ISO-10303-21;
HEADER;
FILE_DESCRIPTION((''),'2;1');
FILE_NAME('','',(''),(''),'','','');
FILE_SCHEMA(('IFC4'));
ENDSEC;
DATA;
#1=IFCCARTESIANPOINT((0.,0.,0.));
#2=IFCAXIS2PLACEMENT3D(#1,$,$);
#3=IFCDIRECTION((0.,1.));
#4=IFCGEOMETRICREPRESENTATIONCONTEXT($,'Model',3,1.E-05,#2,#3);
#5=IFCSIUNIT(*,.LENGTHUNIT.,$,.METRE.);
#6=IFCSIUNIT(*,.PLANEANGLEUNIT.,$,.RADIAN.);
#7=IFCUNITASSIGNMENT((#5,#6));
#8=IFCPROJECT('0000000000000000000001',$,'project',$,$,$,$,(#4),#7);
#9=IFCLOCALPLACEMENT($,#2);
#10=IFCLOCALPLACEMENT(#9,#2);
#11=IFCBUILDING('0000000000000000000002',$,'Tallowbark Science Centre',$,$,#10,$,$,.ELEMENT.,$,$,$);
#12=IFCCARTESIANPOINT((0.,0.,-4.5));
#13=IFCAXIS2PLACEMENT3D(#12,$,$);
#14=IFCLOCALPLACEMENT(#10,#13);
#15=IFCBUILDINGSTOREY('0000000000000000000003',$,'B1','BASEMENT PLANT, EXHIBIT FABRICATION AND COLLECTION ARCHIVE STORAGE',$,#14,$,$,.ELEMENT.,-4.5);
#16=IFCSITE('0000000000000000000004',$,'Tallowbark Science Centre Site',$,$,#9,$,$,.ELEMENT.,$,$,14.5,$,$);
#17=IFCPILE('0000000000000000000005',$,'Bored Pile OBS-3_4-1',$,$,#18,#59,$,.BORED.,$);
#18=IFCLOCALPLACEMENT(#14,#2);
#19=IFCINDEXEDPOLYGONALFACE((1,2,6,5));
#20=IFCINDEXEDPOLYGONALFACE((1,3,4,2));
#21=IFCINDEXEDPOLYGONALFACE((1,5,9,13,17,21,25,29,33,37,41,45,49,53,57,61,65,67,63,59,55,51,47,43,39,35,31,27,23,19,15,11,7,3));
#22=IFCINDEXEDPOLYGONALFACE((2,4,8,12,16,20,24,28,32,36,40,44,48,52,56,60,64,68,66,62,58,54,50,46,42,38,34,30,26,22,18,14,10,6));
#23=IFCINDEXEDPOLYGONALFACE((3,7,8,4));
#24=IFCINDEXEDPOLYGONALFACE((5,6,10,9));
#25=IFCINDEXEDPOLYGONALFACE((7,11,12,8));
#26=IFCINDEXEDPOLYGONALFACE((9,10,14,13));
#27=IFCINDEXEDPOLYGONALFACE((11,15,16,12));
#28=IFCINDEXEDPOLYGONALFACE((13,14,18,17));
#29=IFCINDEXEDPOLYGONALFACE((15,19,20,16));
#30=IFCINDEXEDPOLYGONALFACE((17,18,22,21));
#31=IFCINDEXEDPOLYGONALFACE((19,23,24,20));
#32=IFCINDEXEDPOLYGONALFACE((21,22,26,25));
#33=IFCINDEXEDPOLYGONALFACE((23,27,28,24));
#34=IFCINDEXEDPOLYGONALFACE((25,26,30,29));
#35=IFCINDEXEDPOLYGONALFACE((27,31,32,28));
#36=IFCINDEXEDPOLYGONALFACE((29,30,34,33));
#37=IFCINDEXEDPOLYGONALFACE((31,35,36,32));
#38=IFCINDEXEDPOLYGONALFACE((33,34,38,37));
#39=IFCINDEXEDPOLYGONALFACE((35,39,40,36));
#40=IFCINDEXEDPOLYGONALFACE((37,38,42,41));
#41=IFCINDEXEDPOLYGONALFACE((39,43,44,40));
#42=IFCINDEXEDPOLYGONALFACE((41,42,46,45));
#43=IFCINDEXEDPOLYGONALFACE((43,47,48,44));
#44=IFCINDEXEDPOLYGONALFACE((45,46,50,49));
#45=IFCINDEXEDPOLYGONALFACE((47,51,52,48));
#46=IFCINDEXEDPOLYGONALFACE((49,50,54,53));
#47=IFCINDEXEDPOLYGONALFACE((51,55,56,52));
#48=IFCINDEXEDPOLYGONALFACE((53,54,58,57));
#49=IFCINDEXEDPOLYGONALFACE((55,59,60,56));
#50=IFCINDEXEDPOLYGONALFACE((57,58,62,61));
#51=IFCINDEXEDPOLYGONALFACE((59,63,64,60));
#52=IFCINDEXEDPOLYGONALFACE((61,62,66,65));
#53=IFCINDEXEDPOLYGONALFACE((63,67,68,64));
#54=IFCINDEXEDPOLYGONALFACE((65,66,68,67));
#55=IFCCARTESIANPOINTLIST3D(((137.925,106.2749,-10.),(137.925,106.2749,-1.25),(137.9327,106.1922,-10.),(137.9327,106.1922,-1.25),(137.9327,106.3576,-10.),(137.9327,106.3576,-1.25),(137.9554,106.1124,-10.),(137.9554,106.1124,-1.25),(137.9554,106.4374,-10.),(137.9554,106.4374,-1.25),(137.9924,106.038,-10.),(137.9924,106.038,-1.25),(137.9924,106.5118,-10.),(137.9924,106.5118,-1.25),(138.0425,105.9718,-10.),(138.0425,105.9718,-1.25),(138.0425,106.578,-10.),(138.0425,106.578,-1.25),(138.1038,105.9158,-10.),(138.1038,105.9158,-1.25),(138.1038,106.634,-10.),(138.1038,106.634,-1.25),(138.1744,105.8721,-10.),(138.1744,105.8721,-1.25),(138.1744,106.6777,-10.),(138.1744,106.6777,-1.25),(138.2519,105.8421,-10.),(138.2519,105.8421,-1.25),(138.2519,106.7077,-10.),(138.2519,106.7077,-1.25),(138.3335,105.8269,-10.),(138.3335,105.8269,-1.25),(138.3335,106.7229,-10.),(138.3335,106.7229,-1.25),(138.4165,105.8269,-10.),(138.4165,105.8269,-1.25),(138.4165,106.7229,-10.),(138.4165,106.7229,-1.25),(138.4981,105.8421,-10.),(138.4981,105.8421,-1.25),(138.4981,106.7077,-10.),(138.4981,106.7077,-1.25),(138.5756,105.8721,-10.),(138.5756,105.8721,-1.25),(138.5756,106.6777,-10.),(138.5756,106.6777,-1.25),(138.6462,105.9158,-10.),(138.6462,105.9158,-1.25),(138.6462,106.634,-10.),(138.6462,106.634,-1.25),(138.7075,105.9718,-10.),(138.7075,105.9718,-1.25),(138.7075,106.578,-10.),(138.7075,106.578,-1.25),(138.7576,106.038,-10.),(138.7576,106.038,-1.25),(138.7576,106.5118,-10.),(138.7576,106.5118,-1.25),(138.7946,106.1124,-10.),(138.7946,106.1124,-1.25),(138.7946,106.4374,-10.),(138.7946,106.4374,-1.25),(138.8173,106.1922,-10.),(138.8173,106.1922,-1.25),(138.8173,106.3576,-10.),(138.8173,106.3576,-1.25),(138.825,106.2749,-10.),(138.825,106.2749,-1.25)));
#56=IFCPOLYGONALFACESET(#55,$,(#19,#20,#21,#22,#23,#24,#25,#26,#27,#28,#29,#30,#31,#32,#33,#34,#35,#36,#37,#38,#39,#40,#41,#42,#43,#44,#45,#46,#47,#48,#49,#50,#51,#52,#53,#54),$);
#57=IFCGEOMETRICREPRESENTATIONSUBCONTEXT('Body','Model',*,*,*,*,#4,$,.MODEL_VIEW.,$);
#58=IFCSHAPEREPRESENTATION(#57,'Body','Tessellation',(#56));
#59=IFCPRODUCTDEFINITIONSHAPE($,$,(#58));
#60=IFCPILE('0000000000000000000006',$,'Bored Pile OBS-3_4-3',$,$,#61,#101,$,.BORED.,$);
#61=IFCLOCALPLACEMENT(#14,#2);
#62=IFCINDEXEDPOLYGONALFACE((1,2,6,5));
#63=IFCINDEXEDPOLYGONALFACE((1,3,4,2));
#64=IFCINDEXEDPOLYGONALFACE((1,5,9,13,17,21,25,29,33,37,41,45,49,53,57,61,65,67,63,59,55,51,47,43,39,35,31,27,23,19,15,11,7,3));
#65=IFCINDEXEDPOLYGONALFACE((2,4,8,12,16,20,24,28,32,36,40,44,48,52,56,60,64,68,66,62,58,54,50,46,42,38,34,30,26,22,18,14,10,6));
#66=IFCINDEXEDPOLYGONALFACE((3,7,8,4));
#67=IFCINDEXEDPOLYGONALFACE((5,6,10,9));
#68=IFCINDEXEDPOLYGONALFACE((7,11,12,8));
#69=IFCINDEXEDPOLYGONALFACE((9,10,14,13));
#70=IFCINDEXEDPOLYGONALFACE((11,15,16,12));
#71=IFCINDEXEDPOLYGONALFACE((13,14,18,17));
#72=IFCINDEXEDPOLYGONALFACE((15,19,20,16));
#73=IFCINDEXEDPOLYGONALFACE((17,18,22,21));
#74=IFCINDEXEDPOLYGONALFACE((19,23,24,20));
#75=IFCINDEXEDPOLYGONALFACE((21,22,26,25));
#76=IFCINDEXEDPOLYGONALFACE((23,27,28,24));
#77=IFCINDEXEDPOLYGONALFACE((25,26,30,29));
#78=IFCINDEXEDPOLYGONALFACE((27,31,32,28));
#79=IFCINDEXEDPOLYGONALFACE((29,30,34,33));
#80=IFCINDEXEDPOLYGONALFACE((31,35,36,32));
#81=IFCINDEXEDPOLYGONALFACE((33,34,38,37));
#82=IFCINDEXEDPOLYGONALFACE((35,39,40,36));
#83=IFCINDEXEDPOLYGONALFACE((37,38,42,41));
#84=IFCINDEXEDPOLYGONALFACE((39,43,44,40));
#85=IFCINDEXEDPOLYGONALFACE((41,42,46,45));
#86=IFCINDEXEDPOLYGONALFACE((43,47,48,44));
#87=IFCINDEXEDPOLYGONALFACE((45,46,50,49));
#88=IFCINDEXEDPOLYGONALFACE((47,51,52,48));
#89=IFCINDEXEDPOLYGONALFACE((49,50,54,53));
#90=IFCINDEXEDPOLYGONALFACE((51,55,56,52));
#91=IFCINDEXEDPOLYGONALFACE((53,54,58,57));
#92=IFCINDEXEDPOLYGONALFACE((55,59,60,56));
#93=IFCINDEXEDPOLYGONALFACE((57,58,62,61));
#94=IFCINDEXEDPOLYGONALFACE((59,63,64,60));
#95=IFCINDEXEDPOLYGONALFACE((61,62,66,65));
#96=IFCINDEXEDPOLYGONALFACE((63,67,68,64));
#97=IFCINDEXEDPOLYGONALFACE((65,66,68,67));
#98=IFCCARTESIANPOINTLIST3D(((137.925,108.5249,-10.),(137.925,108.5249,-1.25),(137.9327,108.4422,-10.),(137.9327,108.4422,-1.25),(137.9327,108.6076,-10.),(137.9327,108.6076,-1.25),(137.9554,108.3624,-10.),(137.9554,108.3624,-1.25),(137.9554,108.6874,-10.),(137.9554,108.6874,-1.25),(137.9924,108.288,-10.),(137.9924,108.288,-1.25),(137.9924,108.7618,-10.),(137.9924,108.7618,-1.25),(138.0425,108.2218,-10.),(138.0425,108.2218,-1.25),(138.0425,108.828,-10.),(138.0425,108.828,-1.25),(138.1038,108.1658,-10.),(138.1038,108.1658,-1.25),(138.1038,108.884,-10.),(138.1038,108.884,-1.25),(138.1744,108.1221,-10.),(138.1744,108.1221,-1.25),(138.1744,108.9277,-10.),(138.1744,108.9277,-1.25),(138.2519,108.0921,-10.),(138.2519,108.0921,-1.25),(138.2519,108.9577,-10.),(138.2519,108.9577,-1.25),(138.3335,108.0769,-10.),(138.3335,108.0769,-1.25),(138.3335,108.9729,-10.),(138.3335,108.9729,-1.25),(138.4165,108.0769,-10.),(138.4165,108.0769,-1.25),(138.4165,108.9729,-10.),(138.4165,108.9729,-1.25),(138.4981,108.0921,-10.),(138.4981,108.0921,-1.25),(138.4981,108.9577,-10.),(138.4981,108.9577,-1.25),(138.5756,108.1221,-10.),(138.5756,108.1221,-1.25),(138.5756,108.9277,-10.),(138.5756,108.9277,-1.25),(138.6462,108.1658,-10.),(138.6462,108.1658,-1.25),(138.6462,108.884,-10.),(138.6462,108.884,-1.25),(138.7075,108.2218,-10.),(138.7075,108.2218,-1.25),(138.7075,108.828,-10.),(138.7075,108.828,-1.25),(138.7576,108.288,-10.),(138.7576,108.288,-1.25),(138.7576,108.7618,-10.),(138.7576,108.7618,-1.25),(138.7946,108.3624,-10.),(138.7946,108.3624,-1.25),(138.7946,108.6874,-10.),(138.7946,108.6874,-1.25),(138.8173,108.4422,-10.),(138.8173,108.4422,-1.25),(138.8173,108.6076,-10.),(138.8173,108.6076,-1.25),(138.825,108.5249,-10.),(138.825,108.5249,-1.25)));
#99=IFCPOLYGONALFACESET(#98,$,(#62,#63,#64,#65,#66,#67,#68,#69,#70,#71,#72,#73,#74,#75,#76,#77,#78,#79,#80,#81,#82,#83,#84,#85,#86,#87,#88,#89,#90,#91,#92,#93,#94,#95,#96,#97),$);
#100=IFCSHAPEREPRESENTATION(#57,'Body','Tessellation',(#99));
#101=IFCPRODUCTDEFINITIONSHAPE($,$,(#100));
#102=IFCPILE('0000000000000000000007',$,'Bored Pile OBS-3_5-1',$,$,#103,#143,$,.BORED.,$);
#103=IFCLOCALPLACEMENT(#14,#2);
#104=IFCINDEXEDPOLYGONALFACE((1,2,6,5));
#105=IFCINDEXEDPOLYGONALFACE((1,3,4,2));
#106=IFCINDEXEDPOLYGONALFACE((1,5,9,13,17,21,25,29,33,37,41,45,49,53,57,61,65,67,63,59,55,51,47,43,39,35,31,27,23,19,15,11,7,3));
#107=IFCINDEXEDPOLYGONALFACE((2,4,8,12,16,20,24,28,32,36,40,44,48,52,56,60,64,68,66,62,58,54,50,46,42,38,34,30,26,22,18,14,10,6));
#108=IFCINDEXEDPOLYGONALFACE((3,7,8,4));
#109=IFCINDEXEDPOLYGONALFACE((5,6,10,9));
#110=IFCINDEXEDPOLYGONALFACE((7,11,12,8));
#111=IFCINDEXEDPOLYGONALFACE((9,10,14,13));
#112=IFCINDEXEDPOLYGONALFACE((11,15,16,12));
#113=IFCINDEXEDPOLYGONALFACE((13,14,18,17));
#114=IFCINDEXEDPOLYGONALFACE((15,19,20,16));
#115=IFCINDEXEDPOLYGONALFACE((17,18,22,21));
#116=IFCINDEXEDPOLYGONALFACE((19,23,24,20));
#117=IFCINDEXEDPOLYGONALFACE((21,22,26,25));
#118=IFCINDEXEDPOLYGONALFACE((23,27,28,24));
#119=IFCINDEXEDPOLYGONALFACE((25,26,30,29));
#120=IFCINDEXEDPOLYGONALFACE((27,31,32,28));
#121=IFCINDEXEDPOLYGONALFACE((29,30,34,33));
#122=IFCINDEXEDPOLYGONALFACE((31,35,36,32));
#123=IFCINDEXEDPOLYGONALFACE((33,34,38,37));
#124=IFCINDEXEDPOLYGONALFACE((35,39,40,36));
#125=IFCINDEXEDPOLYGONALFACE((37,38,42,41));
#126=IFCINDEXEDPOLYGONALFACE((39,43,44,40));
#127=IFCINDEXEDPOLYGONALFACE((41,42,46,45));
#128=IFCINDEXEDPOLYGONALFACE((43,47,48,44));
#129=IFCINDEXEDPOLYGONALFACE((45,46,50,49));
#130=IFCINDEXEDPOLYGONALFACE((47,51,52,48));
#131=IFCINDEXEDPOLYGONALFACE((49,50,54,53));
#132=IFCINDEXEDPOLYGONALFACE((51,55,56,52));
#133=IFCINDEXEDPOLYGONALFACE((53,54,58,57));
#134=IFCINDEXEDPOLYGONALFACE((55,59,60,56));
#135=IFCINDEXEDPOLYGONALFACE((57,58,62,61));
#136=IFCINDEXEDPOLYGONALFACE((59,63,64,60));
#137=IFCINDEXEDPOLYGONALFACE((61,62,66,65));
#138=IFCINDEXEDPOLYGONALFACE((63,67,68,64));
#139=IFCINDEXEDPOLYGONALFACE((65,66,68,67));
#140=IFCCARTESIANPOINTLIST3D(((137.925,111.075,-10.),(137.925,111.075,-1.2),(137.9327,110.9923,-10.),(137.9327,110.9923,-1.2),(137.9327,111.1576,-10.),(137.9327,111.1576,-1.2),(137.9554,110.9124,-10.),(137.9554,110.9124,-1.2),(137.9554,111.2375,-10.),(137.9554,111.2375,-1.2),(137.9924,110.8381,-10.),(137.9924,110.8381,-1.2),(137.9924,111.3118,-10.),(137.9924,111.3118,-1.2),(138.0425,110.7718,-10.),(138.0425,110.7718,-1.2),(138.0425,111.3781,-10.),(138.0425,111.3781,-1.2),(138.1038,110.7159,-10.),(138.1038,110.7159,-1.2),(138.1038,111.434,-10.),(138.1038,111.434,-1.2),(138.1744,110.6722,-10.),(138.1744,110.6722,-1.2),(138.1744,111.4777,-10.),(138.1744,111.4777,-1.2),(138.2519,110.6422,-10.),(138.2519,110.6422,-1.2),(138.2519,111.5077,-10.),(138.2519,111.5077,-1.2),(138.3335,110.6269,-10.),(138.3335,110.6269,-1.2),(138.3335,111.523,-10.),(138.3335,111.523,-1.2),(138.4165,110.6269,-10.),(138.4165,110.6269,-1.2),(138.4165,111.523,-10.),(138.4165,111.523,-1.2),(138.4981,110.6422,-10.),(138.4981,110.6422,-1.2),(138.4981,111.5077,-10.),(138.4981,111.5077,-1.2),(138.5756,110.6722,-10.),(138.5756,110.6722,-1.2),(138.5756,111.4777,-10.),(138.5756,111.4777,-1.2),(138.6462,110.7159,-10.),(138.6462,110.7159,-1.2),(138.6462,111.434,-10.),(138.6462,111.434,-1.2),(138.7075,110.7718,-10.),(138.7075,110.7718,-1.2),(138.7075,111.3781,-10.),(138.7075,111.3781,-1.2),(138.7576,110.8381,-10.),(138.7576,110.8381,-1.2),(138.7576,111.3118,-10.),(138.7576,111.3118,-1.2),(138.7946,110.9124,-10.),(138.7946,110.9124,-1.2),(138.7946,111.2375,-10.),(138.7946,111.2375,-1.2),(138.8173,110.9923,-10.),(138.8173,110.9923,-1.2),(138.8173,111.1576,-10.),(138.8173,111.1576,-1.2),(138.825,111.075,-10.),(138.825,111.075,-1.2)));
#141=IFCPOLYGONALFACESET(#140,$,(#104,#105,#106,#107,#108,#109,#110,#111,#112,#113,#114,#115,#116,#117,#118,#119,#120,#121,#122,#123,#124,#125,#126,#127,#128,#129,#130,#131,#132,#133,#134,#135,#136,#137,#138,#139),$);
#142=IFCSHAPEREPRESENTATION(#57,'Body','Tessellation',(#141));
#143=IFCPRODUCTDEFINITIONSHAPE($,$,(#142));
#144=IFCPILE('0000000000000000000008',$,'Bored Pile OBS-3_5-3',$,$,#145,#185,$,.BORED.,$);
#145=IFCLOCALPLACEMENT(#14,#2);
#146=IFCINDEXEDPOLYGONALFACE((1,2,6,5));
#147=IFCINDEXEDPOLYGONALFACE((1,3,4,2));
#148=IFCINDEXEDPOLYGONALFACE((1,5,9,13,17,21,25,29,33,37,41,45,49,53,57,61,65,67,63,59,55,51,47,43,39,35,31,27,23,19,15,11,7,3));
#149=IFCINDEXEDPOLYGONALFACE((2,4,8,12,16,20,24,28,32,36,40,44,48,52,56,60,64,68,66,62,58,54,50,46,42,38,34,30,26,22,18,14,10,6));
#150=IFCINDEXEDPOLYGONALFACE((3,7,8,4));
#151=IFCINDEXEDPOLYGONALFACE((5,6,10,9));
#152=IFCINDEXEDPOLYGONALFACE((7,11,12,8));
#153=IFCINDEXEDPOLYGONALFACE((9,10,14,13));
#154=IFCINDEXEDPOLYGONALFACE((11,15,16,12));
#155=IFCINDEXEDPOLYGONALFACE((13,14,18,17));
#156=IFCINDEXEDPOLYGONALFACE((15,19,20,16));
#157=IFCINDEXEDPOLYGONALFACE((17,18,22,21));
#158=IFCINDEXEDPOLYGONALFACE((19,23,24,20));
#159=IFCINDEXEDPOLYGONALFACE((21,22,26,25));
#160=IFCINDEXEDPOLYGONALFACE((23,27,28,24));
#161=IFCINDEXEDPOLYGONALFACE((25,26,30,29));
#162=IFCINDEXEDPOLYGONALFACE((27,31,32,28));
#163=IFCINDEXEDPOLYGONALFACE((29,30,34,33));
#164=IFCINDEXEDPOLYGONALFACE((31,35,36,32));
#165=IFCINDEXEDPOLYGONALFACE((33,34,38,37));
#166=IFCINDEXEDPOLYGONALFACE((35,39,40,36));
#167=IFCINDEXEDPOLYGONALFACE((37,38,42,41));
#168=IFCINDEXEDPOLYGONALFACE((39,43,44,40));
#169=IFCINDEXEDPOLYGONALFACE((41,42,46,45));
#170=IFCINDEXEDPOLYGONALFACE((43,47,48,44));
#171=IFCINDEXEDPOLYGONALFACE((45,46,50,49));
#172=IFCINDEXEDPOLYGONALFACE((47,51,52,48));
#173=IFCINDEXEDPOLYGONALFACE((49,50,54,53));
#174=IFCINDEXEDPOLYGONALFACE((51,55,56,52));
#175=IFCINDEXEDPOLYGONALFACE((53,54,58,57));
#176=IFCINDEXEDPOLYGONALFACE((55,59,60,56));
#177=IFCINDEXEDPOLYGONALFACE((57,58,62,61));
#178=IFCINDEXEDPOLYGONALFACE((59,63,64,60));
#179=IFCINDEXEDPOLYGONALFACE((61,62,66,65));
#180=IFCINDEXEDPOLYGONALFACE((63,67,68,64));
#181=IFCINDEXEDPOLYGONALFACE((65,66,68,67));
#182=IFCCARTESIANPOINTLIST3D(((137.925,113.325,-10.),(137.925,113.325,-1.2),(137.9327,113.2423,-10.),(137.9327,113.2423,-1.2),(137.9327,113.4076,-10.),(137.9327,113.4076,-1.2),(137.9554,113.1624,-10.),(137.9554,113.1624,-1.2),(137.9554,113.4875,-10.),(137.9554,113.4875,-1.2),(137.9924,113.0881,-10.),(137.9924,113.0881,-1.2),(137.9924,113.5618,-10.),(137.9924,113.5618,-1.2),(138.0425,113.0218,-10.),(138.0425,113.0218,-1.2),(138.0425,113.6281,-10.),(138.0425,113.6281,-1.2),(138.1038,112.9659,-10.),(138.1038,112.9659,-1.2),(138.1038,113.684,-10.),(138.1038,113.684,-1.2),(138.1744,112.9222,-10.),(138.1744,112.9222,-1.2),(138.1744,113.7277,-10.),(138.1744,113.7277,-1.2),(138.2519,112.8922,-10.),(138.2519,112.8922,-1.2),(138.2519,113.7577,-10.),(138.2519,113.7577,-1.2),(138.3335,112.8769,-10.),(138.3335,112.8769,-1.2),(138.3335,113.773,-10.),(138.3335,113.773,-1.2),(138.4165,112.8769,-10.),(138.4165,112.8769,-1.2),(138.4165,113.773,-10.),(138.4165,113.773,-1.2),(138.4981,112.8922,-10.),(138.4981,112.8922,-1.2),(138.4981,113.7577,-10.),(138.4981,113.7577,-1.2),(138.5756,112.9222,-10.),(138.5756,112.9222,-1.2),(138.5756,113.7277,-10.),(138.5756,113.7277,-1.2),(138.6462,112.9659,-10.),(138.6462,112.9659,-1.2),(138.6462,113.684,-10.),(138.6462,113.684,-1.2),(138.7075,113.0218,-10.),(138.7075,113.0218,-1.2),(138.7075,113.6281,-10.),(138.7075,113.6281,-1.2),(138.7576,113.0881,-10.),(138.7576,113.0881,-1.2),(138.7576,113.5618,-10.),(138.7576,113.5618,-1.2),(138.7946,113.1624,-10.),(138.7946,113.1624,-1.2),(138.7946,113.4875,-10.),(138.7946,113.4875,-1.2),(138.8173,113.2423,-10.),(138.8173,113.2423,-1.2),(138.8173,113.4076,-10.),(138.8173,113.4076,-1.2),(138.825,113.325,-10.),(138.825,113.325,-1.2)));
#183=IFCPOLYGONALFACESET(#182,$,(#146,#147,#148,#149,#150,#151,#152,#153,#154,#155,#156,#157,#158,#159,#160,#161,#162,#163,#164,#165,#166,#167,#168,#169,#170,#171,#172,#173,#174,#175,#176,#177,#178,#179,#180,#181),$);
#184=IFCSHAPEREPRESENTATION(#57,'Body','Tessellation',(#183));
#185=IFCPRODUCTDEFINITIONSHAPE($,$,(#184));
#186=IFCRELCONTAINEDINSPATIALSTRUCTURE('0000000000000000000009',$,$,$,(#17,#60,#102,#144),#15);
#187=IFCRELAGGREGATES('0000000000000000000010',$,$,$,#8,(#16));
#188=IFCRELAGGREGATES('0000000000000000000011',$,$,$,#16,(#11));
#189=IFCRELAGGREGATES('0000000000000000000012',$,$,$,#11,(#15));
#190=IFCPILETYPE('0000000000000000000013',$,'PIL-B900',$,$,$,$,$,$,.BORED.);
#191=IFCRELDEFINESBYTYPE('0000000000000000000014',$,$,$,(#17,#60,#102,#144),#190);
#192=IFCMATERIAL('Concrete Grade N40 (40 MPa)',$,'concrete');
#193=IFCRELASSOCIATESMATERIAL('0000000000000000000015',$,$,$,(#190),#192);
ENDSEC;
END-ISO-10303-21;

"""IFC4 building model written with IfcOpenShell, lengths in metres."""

from ifc_helpers import new_model, si_unit, direction, frame, origin, origin_2d, place, context, subcontext, project, spatial, circle, extrude, material, material_profile, profile_set, type_object, element, save


model = new_model("IFC4")

# Units and contexts
model_context = context("Model", 3, precision=1e-05, world=origin(), true_north=direction((0.0, 1.0)))
body_context = subcontext(model_context, "Body", "Model", "MODEL_VIEW")
ifc_project = project(units=[si_unit("LENGTHUNIT", "METRE"), si_unit("PLANEANGLEUNIT", "RADIAN")], contexts=[model_context])

# Site, building, storey
site_placement = place(None, origin())
site = spatial("IfcSite", under=ifc_project, at=site_placement, Name="Tallowbark Science Centre Site", CompositionType="ELEMENT", RefElevation=14.5)
building_placement = place(site_placement, origin())
building = spatial("IfcBuilding", under=site, at=building_placement, Name="Tallowbark Science Centre", CompositionType="ELEMENT")
storey_placement = place(building_placement, frame((0.0, 0.0, -4.5)))
storey = spatial("IfcBuildingStorey", under=building, at=storey_placement, Name="B1", Description="BASEMENT PLANT, EXHIBIT FABRICATION AND COLLECTION ARCHIVE STORAGE", CompositionType="ELEMENT", Elevation=-4.5)

# Shared definitions
ifc_material_1 = material(Name="Concrete Grade N40 (40 MPa)", Category="concrete")

# Piles
ifc_material_profile_1 = material_profile(ifc_material_1, circle(Radius=0.45, at=origin_2d()), Name="PILE900")
ifc_profile_set_1 = profile_set([ifc_material_profile_1], Name="Concrete Grade N40 (40 MPa)")
pile_type_1 = type_object("IfcPileType", Name="PIL-B900", PredefinedType="BORED", material=ifc_profile_set_1)
for number, where, z_axis, x_axis, name in (
    (1, (138.375, 106.2749, -1.25), (0.0, 0.0, -1.0), (1.0, 0.0, 0.0), "Bored Pile OBS-3_4-1"),
    (2, (138.375, 108.5249, -1.25), (0.0, 0.0, -1.0), (1.0, 0.0, 0.0), "Bored Pile OBS-3_4-3"),
):
    element("IfcPile", number, at=place(storey_placement, frame(where, z_axis=z_axis, x_axis=x_axis)), inside=storey, type_object=pile_type_1, Name=name, PredefinedType="BORED", context=body_context, shape_type="SweptSolid", body=[
        extrude(circle(Radius=0.45, at=origin_2d()), origin(), (0.0, 0.0, 1.0), 8.75),
    ])
for number, where, z_axis, x_axis, name in (
    (3, (138.375, 111.075, -1.2), (0.0, 0.0, -1.0), (1.0, 0.0, 0.0), "Bored Pile OBS-3_5-1"),
    (4, (138.375, 113.325, -1.2), (0.0, 0.0, -1.0), (1.0, 0.0, 0.0), "Bored Pile OBS-3_5-3"),
):
    element("IfcPile", number, at=place(storey_placement, frame(where, z_axis=z_axis, x_axis=x_axis)), inside=storey, type_object=pile_type_1, Name=name, PredefinedType="BORED", context=body_context, shape_type="SweptSolid", body=[
        extrude(circle(Radius=0.45, at=origin_2d()), origin(), (0.0, 0.0, 1.0), 8.8),
    ])

save(model, "model.ifc")
